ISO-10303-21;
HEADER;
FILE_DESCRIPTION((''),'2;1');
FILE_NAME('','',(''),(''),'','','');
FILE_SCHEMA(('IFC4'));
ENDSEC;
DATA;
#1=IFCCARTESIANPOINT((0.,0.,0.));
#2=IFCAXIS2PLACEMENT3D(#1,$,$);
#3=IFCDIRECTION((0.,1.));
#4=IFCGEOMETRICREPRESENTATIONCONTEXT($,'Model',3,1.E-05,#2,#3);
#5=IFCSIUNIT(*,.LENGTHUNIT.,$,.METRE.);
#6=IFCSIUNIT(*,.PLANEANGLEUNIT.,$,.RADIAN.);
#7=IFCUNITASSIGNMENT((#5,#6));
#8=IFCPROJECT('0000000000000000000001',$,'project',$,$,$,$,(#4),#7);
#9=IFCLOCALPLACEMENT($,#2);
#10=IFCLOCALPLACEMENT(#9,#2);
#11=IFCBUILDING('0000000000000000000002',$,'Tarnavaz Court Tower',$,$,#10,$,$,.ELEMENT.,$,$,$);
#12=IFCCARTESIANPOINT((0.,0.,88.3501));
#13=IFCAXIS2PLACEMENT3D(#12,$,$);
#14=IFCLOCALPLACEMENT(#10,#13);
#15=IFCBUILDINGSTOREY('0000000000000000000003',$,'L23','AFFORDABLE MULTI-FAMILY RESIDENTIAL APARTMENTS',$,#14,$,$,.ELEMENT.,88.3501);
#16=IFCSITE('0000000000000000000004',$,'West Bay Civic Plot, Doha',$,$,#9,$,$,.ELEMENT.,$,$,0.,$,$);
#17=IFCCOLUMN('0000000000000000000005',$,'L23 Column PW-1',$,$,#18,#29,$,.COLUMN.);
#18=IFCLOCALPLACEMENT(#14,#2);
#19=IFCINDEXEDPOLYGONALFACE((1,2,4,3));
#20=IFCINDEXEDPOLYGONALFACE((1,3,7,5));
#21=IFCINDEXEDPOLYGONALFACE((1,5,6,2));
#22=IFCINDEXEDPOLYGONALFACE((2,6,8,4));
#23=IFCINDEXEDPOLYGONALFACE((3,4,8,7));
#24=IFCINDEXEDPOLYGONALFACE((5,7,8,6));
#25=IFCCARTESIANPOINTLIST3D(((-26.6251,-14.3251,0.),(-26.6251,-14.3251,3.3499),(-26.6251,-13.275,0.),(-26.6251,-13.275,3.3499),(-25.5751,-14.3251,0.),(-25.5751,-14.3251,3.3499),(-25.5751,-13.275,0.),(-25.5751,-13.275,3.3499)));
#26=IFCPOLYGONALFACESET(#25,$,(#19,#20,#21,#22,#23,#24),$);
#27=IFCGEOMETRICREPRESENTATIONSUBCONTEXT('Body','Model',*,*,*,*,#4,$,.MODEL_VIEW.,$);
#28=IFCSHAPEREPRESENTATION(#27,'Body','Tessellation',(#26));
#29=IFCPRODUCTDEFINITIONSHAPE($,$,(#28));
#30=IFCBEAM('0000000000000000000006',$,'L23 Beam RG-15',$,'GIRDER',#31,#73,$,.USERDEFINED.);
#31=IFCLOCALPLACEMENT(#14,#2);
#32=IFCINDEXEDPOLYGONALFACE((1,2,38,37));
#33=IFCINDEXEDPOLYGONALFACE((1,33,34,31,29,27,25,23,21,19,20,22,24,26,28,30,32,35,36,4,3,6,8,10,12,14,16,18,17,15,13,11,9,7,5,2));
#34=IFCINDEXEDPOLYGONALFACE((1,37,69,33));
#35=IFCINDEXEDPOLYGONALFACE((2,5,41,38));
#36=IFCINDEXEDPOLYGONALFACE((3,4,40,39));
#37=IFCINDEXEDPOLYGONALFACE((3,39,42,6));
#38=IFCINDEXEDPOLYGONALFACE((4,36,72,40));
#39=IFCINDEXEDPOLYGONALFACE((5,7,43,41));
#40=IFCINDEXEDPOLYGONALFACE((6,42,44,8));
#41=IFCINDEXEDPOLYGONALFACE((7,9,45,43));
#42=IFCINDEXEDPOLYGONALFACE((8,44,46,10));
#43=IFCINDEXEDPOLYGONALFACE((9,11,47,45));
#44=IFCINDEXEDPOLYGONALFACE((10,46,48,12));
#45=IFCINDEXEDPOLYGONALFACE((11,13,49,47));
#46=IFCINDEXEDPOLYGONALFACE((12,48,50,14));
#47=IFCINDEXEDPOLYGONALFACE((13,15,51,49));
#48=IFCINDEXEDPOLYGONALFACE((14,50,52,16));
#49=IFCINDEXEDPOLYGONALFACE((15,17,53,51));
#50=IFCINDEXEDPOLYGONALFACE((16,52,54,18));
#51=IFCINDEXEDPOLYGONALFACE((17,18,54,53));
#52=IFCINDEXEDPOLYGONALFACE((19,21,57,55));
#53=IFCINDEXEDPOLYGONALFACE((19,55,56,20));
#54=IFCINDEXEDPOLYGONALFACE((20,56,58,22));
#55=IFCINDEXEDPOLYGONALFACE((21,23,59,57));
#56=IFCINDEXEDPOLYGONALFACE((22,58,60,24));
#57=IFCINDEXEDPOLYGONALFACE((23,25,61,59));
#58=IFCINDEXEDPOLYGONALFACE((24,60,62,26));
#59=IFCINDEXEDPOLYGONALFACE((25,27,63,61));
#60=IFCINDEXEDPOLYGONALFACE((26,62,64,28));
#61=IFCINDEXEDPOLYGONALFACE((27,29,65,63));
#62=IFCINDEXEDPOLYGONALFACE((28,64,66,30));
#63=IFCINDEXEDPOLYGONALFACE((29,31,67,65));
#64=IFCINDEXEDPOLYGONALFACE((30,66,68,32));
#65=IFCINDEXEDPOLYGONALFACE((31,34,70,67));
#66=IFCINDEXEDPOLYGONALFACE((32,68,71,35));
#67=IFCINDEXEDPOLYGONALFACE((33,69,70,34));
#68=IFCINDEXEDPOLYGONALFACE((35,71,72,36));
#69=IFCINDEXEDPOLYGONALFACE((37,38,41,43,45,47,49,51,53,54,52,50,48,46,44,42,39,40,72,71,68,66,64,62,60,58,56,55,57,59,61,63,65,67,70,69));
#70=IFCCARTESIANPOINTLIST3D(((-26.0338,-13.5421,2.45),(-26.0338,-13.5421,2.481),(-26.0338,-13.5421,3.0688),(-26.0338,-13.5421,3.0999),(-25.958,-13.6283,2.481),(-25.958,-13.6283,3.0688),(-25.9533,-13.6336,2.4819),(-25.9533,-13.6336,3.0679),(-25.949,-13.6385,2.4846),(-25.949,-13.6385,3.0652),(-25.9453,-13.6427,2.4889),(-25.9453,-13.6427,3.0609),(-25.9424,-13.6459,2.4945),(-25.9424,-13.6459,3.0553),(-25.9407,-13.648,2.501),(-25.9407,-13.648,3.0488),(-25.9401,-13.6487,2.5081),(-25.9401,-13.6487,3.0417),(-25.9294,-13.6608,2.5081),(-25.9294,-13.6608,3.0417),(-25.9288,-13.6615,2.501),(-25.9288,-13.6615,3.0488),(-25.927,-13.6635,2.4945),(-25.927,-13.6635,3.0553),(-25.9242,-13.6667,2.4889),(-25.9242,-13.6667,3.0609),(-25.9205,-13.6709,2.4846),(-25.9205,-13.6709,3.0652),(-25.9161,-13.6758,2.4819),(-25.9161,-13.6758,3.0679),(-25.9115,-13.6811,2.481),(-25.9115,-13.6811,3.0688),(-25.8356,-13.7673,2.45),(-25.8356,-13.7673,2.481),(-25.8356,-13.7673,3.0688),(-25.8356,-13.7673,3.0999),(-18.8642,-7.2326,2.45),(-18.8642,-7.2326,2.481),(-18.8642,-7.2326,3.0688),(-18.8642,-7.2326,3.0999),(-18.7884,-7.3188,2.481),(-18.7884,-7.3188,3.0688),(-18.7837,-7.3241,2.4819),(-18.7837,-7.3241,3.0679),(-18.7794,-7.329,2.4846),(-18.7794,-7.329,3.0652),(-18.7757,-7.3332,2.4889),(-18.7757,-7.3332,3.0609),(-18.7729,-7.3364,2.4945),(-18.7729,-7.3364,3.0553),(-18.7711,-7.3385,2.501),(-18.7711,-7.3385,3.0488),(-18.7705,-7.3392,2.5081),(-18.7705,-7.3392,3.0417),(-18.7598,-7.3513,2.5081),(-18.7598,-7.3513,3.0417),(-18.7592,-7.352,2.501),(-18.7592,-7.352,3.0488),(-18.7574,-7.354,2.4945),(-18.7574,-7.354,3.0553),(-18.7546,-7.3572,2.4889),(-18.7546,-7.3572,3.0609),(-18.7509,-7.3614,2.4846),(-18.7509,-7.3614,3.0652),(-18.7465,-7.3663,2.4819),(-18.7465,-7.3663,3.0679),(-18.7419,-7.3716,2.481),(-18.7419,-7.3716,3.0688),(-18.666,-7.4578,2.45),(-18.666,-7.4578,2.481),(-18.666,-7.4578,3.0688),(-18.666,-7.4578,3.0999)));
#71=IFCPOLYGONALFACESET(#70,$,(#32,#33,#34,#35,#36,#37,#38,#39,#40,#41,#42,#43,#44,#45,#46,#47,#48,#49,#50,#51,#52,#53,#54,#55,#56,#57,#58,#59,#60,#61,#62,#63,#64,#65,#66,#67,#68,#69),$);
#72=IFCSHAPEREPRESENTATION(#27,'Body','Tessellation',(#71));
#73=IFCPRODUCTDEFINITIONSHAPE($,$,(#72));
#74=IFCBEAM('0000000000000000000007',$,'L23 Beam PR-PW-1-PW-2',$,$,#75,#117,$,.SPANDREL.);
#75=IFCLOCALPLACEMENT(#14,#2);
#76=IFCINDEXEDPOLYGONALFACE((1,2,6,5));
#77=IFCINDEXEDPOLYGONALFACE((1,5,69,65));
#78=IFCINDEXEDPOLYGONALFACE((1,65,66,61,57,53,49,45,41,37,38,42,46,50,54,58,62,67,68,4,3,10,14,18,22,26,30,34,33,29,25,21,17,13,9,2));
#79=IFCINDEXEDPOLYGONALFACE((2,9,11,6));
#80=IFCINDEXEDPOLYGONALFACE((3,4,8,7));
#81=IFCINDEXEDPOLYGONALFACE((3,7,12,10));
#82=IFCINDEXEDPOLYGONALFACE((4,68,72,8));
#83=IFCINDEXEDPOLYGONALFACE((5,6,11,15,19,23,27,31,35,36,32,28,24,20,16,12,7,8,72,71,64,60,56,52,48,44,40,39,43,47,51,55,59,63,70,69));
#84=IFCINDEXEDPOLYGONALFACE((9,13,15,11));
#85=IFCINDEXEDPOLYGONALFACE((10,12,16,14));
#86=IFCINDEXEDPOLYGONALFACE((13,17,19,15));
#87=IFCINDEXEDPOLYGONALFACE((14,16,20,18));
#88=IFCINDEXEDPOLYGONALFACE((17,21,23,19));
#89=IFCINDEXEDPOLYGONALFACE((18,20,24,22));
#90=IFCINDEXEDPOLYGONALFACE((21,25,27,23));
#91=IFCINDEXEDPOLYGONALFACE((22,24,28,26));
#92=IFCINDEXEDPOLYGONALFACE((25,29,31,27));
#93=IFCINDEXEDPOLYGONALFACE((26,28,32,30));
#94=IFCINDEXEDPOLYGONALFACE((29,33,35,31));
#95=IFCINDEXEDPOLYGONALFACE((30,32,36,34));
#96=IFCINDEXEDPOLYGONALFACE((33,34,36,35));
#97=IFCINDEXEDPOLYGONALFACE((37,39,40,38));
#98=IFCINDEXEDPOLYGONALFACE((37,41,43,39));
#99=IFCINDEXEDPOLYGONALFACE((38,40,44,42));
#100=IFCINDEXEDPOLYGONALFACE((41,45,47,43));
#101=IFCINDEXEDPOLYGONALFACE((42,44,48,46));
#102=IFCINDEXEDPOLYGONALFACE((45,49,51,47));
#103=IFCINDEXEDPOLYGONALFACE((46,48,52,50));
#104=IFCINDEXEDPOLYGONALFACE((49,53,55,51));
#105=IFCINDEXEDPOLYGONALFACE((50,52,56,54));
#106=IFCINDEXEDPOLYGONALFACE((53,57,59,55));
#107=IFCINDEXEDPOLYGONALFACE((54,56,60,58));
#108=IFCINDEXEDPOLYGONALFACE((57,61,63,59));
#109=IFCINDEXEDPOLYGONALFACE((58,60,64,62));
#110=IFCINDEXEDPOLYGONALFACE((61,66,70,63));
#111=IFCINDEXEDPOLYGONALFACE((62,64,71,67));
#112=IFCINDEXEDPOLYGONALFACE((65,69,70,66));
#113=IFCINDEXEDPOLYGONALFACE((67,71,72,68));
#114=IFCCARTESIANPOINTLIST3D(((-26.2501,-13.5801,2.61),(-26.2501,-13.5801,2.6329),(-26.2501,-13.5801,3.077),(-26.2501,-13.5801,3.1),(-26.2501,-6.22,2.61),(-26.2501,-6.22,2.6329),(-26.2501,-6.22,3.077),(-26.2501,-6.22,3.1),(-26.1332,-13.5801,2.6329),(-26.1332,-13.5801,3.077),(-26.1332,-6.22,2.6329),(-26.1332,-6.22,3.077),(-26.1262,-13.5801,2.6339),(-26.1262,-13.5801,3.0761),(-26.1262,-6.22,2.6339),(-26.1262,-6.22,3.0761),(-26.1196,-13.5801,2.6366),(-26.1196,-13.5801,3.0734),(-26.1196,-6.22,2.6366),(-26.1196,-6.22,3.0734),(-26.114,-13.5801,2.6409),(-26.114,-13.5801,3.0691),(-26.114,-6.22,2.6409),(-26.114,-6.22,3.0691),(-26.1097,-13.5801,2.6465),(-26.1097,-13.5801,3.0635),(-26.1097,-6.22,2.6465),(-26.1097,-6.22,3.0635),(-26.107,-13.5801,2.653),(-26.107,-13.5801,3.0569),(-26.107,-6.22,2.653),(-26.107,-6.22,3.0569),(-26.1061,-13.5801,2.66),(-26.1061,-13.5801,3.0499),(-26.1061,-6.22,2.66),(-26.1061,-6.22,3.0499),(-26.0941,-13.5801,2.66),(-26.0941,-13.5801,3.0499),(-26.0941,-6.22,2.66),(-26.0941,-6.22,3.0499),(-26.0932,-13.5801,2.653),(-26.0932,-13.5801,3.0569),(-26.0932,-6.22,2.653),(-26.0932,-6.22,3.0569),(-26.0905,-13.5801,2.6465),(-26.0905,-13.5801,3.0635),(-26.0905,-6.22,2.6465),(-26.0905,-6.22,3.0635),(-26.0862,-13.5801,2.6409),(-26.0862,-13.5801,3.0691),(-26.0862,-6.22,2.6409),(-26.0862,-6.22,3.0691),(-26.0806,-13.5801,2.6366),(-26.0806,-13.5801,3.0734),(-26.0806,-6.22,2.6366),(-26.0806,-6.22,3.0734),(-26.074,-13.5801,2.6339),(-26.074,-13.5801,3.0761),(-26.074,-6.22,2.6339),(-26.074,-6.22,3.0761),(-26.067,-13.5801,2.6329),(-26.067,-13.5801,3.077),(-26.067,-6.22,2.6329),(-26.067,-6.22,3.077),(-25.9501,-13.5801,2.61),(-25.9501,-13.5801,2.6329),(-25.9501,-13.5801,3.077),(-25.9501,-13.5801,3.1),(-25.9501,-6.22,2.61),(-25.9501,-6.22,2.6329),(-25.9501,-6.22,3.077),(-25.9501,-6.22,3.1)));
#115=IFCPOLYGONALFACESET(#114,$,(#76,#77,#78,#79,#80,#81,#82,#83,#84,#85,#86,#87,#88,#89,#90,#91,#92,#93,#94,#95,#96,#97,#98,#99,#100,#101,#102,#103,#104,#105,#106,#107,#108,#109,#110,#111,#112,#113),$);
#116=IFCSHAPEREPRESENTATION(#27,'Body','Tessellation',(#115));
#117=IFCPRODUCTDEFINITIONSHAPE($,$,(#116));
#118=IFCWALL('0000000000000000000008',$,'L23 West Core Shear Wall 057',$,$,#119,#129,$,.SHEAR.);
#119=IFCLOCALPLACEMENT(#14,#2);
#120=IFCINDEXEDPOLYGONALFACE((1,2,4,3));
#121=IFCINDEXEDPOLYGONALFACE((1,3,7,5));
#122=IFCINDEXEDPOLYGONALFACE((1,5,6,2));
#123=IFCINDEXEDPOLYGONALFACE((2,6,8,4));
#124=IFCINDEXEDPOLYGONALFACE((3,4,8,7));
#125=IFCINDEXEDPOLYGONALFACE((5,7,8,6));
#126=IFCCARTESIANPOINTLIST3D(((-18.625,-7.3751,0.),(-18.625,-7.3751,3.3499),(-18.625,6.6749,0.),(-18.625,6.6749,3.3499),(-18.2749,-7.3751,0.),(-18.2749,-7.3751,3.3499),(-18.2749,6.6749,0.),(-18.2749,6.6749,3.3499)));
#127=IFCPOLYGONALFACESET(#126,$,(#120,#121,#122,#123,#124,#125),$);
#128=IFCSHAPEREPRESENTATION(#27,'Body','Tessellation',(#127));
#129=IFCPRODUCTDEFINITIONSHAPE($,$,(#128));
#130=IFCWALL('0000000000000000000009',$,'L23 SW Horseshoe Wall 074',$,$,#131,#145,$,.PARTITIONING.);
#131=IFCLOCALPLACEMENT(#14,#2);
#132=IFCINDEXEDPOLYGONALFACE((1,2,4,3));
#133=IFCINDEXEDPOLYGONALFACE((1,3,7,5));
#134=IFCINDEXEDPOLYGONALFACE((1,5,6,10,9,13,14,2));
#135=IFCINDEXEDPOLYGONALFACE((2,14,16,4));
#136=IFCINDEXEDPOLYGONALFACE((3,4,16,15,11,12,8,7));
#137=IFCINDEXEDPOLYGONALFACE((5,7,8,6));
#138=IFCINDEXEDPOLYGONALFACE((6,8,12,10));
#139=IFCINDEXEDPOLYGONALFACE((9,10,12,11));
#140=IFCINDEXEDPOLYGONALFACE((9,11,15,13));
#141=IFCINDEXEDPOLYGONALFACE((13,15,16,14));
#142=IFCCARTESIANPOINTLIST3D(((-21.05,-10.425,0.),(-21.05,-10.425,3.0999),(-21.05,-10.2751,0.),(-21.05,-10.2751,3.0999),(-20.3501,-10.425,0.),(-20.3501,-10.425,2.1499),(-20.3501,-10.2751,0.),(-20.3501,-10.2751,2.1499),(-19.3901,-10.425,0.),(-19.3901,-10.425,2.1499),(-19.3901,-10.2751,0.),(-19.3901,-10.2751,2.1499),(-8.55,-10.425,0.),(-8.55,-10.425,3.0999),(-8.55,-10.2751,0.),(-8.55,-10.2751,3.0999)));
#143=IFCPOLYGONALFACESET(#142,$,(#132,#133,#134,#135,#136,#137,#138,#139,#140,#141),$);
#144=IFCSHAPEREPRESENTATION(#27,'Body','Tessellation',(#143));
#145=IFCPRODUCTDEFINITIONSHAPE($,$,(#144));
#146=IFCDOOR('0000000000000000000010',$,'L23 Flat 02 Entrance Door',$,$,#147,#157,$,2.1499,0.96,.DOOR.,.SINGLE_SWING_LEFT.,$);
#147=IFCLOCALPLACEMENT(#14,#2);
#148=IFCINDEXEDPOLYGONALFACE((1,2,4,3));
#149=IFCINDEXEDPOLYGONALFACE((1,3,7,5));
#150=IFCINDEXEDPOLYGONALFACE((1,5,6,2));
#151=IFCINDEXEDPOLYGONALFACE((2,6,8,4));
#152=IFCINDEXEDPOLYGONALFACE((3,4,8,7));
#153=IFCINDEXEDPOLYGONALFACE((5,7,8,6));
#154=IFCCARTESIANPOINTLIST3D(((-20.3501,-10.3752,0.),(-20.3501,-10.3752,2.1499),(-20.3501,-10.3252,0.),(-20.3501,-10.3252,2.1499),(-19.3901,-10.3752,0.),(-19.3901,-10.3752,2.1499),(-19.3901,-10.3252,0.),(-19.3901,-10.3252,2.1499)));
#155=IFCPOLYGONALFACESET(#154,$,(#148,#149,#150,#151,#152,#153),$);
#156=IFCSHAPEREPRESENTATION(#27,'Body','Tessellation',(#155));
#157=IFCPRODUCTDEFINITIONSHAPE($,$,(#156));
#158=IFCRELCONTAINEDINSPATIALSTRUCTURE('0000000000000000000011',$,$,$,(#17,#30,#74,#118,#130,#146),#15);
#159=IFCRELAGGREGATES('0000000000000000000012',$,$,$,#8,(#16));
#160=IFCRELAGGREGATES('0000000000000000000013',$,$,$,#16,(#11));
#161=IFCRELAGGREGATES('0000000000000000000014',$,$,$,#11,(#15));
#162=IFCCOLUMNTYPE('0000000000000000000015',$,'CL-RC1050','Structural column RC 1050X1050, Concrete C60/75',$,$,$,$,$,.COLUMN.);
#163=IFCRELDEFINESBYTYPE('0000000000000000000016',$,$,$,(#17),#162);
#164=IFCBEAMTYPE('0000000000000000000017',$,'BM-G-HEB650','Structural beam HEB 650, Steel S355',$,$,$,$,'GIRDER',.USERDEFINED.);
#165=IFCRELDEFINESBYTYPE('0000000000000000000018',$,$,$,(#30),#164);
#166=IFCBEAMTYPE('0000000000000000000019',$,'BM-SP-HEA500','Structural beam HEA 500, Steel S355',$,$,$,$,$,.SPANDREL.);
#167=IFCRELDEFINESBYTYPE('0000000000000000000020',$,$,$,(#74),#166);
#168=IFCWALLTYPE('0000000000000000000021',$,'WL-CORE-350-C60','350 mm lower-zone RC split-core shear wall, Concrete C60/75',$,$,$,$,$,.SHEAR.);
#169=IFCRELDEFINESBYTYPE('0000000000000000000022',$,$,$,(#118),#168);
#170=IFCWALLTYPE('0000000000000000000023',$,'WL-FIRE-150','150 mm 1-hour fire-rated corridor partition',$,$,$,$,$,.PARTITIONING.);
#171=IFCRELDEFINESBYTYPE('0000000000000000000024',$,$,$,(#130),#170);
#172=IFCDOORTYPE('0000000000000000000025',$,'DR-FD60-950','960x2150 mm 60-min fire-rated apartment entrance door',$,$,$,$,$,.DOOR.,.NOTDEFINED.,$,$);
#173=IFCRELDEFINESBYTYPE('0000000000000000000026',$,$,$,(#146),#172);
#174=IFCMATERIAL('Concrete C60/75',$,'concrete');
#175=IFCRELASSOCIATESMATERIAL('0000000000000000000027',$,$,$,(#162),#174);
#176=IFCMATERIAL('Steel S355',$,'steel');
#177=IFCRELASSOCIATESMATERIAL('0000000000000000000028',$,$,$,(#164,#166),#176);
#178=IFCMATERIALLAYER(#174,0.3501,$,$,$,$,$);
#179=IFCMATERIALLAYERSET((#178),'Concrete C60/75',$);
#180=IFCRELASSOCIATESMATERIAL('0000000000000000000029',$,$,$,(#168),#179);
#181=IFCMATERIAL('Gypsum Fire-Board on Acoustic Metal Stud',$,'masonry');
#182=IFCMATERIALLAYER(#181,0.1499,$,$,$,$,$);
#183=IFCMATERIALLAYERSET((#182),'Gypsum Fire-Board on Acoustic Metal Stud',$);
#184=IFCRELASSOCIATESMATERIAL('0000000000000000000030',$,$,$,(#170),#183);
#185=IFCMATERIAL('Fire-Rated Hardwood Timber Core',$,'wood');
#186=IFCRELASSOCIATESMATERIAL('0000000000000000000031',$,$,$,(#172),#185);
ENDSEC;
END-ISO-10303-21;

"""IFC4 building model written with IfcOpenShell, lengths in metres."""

from ifc_helpers import new_model, si_unit, direction, frame, frame_2d, origin, origin_2d, place, context, subcontext, project, spatial, rectangle, i_section, extrude, material, layer, layer_set, material_profile, profile_set, type_object, element, fill, save


model = new_model("IFC4")

# Units and contexts
model_context = context("Model", 3, precision=1e-05, world=origin(), true_north=direction((0.0, 1.0)))
body_context = subcontext(model_context, "Body", "Model", "MODEL_VIEW")
ifc_project = project(units=[si_unit("LENGTHUNIT", "METRE"), si_unit("PLANEANGLEUNIT", "RADIAN")], contexts=[model_context])

# Site, building, storey
site_placement = place(None, origin())
site = spatial("IfcSite", under=ifc_project, at=site_placement, Name="West Bay Civic Plot, Doha", CompositionType="ELEMENT", RefElevation=0.0)
building_placement = place(site_placement, origin())
building = spatial("IfcBuilding", under=site, at=building_placement, Name="Tarnavaz Court Tower", CompositionType="ELEMENT")
storey_placement = place(building_placement, frame((0.0, 0.0, 88.3501)))
storey = spatial("IfcBuildingStorey", under=building, at=storey_placement, Name="L23", Description="AFFORDABLE MULTI-FAMILY RESIDENTIAL APARTMENTS", CompositionType="ELEMENT", Elevation=88.3501)

# Column
ifc_material_1 = material(Name="Concrete C60/75", Category="concrete")
ifc_material_profile_1 = material_profile(ifc_material_1, rectangle(XDim=1.05, YDim=1.05, at=origin_2d()), Name="RC 1050X1050")
ifc_profile_set_1 = profile_set([ifc_material_profile_1], Name="Concrete C60/75")
column_type = type_object("IfcColumnType", Name="CL-RC1050", Description="Structural column RC 1050X1050, Concrete C60/75", PredefinedType="COLUMN", material=ifc_profile_set_1)
column_placement = place(storey_placement, frame((-26.1001, -13.8, 0.0), z_axis=(0.0, 0.0, 1.0), x_axis=(1.0, 0.0, 0.0)))
element("IfcColumn", 1, at=column_placement, inside=storey, type_object=column_type, Name="L23 Column PW-1", PredefinedType="COLUMN", context=body_context, shape_type="SweptSolid", body=[
    extrude(rectangle(XDim=1.05, YDim=1.05, at=origin_2d()), origin(), (0.0, 0.0, 1.0), 3.3499),
])

# Beams
ifc_material_2 = material(Name="Steel S355", Category="steel")
ifc_material_profile_2 = material_profile(ifc_material_2, i_section(OverallWidth=0.3, OverallDepth=0.6499, WebThickness=0.0161, FlangeThickness=0.031, FilletRadius=0.0271, at=origin_2d()), Name="HEB 650")
ifc_profile_set_2 = profile_set([ifc_material_profile_2], Name="Steel S355")
beam_type_1 = type_object("IfcBeamType", Name="BM-G-HEB650", Description="Structural beam HEB 650, Steel S355", ElementType="GIRDER", PredefinedType="USERDEFINED", material=ifc_profile_set_2)
beam_1_placement = place(storey_placement, frame((-18.7651, -7.3452, 2.7749), z_axis=(-0.7507, -0.660643, 0.0), x_axis=(0.660643, -0.7507, 0.0)))
element("IfcBeam", 2, at=beam_1_placement, inside=storey, type_object=beam_type_1, Name="L23 Beam RG-15", ObjectType="GIRDER", PredefinedType="USERDEFINED", context=body_context, shape_type="SweptSolid", body=[
    extrude(i_section(OverallWidth=0.3, OverallDepth=0.6499, WebThickness=0.0161, FlangeThickness=0.031, FilletRadius=0.0271, at=origin_2d()), origin(), (0.0, 0.0, 1.0), 9.5505),
])
ifc_material_profile_3 = material_profile(ifc_material_2, i_section(OverallWidth=0.3, OverallDepth=0.49, WebThickness=0.012, FlangeThickness=0.0229, FilletRadius=0.0271, at=origin_2d()), Name="HEA 500")
ifc_profile_set_3 = profile_set([ifc_material_profile_3], Name="Steel S355")
beam_type_2 = type_object("IfcBeamType", Name="BM-SP-HEA500", Description="Structural beam HEA 500, Steel S355", PredefinedType="SPANDREL", material=ifc_profile_set_3)
beam_2_placement = place(storey_placement, frame((-26.1001, -13.5801, 2.855), z_axis=(0.0, 1.0, 0.0), x_axis=(-1.0, 0.0, 0.0)))
element("IfcBeam", 3, at=beam_2_placement, inside=storey, type_object=beam_type_2, Name="L23 Beam PR-PW-1-PW-2", PredefinedType="SPANDREL", context=body_context, shape_type="SweptSolid", body=[
    extrude(i_section(OverallWidth=0.3, OverallDepth=0.49, WebThickness=0.012, FlangeThickness=0.0229, FilletRadius=0.0271, at=origin_2d()), origin(), (0.0, 0.0, 1.0), 7.3601),
])

# Wall
ifc_layer_1 = layer(ifc_material_1, 0.3501)
ifc_layer_set_1 = layer_set([ifc_layer_1], Name="Concrete C60/75")
wall_type_1 = type_object("IfcWallType", Name="WL-CORE-350-C60", Description="350 mm lower-zone RC split-core shear wall, Concrete C60/75", PredefinedType="SHEAR", material=ifc_layer_set_1)
wall_1_placement = place(storey_placement, frame((-18.45, -7.375, 0.0), z_axis=(0.0, 0.0, 1.0), x_axis=(0.0, 1.0, 0.0)))
element("IfcWall", 4, at=wall_1_placement, inside=storey, type_object=wall_type_1, Name="L23 West Core Shear Wall 057", PredefinedType="SHEAR", context=body_context, shape_type="SweptSolid", body=[
    extrude(rectangle(XDim=14.05, YDim=0.3501, at=frame_2d((7.0249, 0.0))), origin(), (0.0, 0.0, 1.0), 3.3499),
])

# Wall, opening, door
ifc_material_3 = material(Name="Gypsum Fire-Board on Acoustic Metal Stud", Category="masonry")
ifc_layer_2 = layer(ifc_material_3, 0.1499)
ifc_layer_set_2 = layer_set([ifc_layer_2], Name="Gypsum Fire-Board on Acoustic Metal Stud")
wall_type_2 = type_object("IfcWallType", Name="WL-FIRE-150", Description="150 mm 1-hour fire-rated corridor partition", PredefinedType="PARTITIONING", material=ifc_layer_set_2)
wall_2_placement = place(storey_placement, frame((-21.05, -10.3501, 0.0), z_axis=(0.0, 0.0, 1.0), x_axis=(1.0, 0.0, 0.0)))
wall_2 = element("IfcWall", 5, at=wall_2_placement, inside=storey, type_object=wall_type_2, Name="L23 SW Horseshoe Wall 074", PredefinedType="PARTITIONING", context=body_context, shape_type="SweptSolid", body=[
    extrude(rectangle(XDim=12.5, YDim=0.1499, at=frame_2d((6.25, 0.0))), origin(), (0.0, 0.0, 1.0), 3.0999),
])
opening_1_placement = place(wall_2_placement, frame((0.7, 0.0, 0.0)))
opening_1 = element("IfcOpeningElement", 6, at=opening_1_placement, cuts=wall_2, PredefinedType="OPENING", context=body_context, shape_type="SweptSolid", body=[
    extrude(rectangle(XDim=0.96, YDim=2.1499, at=frame_2d((0.48, 1.075))), frame((0.0, 0.085, 0.0), z_axis=(0.0, -1.0, 0.0), x_axis=(1.0, 0.0, 0.0)), (0.0, 0.0, 1.0), 0.1699),
])
ifc_material_4 = material(Name="Fire-Rated Hardwood Timber Core", Category="wood")
door_type_1 = type_object("IfcDoorType", Name="DR-FD60-950", Description="960x2150 mm 60-min fire-rated apartment entrance door", OperationType="NOTDEFINED", PredefinedType="DOOR", material=ifc_material_4)
door_1_placement = place(opening_1_placement, origin())
door_1 = element("IfcDoor", 7, at=door_1_placement, inside=storey, type_object=door_type_1, Name="L23 Flat 02 Entrance Door", OperationType="SINGLE_SWING_LEFT", OverallHeight=2.1499, OverallWidth=0.96, PredefinedType="DOOR", context=body_context, shape_type="SweptSolid", body=[
    extrude(rectangle(XDim=0.96, YDim=2.1499, at=frame_2d((0.48, 1.075))), frame((0.0, 0.0249, 0.0), z_axis=(0.0, -1.0, 0.0), x_axis=(1.0, 0.0, 0.0)), (0.0, 0.0, 1.0), 0.05),
])
fill(opening_1, door_1)

save(model, "model.ifc")
